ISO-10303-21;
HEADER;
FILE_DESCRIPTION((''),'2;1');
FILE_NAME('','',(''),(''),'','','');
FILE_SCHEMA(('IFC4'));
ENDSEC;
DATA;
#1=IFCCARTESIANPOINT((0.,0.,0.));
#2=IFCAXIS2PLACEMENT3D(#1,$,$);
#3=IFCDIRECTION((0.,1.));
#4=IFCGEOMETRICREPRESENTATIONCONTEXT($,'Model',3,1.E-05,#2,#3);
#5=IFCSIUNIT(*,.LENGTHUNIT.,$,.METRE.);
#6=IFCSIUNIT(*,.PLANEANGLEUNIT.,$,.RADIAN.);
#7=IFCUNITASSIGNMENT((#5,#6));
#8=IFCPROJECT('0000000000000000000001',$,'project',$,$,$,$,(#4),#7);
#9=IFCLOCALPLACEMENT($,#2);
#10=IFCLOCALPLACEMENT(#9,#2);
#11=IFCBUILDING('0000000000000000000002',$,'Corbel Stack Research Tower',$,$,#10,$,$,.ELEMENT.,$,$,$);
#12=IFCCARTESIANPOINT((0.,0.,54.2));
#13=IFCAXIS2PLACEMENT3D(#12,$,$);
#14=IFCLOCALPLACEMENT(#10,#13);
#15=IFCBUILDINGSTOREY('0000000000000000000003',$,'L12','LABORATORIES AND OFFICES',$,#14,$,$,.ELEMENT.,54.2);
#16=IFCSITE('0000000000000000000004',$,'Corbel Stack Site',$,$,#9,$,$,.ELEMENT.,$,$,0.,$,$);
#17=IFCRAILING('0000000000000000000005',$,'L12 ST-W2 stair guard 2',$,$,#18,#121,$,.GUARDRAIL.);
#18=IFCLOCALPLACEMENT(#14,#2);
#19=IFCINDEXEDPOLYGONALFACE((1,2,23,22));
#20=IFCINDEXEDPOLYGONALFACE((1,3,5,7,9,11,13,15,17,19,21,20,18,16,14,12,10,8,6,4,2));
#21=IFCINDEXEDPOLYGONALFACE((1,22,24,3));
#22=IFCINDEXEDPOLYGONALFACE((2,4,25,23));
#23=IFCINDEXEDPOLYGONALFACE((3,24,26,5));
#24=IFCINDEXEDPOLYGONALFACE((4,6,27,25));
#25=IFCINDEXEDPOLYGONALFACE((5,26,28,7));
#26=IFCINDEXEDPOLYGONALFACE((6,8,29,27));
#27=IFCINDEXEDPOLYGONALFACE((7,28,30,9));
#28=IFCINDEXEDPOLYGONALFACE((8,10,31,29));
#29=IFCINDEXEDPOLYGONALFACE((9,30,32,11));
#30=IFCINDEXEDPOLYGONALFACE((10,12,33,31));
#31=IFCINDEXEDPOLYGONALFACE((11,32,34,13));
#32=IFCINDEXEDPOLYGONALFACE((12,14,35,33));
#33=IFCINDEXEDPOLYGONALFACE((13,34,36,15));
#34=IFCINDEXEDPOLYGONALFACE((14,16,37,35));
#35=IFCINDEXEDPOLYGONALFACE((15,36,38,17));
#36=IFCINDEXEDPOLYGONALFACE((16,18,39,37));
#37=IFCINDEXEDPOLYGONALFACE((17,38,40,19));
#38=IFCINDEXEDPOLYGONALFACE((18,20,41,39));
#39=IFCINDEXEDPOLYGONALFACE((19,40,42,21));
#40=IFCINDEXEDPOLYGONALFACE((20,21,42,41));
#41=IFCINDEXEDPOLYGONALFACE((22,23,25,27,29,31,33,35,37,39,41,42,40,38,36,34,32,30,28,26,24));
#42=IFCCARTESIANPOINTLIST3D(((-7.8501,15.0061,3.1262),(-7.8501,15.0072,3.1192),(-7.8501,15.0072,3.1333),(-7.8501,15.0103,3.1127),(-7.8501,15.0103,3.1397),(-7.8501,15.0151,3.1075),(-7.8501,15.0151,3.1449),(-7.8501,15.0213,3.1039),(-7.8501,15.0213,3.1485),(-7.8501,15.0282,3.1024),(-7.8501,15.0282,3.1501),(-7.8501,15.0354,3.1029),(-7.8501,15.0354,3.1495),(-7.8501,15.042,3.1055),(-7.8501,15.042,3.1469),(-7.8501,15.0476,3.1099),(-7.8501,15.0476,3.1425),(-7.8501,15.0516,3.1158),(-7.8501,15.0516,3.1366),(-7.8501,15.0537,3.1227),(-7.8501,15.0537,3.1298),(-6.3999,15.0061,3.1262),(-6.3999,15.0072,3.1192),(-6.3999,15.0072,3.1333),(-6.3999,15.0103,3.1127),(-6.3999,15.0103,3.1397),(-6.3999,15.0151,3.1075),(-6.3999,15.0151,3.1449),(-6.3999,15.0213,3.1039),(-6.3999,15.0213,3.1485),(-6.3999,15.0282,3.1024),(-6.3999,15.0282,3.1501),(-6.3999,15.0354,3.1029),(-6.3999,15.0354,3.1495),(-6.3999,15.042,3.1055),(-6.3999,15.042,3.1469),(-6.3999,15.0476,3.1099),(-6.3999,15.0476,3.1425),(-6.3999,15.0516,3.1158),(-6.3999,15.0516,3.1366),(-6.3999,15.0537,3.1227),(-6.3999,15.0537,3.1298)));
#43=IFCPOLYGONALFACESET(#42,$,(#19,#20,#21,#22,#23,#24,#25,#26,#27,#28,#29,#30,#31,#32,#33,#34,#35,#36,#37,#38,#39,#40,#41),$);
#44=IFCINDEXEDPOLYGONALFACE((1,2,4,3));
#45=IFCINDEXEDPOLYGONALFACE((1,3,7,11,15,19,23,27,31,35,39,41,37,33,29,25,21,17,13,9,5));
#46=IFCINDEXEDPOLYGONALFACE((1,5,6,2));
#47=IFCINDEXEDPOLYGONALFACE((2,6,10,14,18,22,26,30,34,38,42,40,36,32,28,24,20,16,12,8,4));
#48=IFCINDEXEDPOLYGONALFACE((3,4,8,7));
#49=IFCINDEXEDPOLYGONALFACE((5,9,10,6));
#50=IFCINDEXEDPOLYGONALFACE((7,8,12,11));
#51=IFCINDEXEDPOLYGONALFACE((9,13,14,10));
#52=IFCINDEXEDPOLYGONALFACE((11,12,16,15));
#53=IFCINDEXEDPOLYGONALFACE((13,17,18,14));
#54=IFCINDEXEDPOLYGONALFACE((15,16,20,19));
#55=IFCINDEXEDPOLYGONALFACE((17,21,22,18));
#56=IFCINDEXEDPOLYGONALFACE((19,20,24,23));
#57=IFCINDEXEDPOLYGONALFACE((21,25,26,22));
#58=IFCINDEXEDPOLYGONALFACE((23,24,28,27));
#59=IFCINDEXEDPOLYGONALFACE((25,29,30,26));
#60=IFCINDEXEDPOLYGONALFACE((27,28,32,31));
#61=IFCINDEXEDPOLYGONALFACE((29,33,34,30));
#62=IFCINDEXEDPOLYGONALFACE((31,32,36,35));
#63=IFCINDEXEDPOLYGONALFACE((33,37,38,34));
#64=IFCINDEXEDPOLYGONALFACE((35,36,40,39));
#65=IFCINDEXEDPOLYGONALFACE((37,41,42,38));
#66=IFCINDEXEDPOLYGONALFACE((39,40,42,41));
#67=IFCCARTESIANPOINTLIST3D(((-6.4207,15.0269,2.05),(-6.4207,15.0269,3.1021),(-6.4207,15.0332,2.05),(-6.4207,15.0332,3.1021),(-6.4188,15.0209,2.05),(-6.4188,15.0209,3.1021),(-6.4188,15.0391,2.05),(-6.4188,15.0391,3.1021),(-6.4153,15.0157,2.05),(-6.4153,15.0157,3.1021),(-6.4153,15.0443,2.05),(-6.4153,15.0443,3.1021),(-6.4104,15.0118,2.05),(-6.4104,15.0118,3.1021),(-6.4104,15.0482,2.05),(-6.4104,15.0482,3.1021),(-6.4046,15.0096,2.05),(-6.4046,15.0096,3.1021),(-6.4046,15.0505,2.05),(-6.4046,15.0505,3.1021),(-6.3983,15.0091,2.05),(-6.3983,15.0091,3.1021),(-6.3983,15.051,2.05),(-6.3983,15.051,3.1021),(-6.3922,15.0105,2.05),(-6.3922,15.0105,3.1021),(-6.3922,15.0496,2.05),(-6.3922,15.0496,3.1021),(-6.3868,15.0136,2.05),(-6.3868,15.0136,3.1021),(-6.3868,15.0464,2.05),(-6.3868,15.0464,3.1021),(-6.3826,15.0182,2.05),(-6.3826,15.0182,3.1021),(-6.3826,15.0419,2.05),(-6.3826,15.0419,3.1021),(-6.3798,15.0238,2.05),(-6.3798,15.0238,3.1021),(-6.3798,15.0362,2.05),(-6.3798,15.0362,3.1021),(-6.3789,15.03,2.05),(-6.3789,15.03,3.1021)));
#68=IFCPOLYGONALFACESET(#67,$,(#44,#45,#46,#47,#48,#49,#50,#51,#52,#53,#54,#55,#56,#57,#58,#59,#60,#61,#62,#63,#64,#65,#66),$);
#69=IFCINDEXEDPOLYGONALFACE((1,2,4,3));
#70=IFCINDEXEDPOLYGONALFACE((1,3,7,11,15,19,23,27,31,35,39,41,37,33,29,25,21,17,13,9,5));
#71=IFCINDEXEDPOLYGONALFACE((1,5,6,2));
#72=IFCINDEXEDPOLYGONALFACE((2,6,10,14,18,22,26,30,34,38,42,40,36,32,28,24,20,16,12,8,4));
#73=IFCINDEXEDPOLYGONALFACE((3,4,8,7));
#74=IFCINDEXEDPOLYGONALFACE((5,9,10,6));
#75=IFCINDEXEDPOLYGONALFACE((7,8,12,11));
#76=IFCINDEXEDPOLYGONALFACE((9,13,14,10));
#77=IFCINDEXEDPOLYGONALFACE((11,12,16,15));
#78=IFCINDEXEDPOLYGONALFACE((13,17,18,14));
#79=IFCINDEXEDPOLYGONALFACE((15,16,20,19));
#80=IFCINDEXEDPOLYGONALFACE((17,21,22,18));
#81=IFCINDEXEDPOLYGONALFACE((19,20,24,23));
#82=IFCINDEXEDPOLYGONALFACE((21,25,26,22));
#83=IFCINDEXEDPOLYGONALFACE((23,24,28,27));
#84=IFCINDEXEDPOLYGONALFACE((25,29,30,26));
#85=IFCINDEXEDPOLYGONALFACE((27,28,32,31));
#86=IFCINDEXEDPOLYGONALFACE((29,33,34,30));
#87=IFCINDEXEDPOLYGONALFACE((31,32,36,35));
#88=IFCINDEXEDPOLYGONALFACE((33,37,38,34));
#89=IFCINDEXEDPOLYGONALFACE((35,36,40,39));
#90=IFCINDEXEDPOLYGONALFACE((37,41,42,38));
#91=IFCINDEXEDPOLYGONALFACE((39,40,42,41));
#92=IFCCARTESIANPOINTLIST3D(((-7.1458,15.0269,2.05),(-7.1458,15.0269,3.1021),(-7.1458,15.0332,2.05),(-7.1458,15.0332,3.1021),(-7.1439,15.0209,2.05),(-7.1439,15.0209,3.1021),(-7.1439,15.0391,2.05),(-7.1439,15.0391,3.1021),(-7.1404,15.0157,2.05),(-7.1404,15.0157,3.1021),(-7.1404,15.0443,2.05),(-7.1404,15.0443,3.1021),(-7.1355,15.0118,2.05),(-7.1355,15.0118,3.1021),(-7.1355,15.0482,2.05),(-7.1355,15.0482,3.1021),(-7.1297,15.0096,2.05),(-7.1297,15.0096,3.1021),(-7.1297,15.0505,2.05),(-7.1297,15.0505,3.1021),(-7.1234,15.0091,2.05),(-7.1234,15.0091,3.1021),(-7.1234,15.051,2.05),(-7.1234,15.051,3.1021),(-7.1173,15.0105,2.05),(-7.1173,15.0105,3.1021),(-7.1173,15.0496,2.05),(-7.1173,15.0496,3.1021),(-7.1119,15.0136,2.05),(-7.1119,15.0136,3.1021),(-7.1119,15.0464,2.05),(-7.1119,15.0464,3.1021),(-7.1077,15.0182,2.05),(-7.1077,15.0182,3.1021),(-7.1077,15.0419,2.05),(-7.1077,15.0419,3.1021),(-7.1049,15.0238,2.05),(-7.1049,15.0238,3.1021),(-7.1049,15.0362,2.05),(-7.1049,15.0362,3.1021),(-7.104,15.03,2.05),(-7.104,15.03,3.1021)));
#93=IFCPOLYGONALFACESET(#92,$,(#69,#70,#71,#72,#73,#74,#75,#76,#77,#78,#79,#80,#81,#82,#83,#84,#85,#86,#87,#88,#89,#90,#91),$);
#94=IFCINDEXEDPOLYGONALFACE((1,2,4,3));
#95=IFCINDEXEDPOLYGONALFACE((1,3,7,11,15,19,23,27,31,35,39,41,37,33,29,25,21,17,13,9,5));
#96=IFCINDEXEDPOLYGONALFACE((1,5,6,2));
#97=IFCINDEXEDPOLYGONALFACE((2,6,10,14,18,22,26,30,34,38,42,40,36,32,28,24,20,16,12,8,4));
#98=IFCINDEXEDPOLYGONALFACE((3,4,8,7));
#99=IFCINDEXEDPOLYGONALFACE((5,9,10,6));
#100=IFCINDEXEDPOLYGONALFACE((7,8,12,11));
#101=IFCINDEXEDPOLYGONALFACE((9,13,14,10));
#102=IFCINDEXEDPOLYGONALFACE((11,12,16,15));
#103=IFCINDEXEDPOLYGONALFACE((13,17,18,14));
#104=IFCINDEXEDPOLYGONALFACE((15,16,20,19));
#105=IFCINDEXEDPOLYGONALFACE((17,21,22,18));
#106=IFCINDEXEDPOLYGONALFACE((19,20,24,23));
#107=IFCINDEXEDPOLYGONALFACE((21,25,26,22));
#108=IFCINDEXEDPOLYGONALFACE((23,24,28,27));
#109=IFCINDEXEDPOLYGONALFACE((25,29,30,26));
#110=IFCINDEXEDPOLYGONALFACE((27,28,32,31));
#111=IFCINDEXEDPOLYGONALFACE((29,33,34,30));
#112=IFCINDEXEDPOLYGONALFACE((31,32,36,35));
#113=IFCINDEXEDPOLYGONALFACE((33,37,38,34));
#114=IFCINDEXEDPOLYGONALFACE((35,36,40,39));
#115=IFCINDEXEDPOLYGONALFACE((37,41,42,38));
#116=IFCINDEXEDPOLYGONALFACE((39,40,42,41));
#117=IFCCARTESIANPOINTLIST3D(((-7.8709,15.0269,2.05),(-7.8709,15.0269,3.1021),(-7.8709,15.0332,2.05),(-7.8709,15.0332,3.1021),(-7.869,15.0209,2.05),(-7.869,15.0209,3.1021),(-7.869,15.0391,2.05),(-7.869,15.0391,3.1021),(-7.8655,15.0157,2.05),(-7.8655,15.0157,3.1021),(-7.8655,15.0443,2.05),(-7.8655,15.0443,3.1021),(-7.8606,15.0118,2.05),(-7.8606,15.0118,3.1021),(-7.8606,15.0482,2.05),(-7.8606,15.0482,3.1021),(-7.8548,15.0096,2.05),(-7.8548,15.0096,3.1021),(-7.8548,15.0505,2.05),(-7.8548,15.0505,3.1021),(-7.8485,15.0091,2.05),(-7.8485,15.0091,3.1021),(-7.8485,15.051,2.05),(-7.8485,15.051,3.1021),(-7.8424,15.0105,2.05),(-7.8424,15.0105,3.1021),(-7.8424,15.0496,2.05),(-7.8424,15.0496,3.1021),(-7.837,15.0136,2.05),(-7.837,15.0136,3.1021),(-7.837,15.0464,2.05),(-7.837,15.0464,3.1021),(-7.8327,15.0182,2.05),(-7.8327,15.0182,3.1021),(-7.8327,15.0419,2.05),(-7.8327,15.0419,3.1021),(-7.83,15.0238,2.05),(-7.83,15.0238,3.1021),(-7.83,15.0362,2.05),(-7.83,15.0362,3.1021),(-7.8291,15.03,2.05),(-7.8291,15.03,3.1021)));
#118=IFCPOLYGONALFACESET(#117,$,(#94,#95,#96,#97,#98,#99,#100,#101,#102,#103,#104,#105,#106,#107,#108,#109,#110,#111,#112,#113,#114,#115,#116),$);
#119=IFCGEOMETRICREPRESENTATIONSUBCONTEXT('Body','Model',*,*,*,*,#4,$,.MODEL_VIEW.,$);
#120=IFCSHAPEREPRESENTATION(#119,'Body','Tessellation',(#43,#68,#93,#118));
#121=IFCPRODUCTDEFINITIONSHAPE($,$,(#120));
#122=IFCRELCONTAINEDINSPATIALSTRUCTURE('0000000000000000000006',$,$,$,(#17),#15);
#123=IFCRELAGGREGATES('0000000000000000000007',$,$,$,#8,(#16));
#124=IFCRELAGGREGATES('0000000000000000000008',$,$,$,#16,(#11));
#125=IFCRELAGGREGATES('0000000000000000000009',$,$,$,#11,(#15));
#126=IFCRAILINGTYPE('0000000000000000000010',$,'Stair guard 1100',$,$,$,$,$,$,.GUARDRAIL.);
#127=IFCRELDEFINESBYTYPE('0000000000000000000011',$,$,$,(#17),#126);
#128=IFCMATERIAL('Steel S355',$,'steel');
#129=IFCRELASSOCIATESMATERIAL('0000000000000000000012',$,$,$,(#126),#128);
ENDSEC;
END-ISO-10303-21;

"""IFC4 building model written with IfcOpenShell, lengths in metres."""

from ifc_helpers import new_model, si_unit, direction, frame, origin, origin_2d, place, context, subcontext, project, spatial, circle, extrude, material, type_object, element, save


model = new_model("IFC4")

# Units and contexts
model_context = context("Model", 3, precision=1e-05, world=origin(), true_north=direction((0.0, 1.0)))
body_context = subcontext(model_context, "Body", "Model", "MODEL_VIEW")
ifc_project = project(units=[si_unit("LENGTHUNIT", "METRE"), si_unit("PLANEANGLEUNIT", "RADIAN")], contexts=[model_context])

# Site, building, storey
site_placement = place(None, origin())
site = spatial("IfcSite", under=ifc_project, at=site_placement, Name="Corbel Stack Site", CompositionType="ELEMENT", RefElevation=0.0)
building_placement = place(site_placement, origin())
building = spatial("IfcBuilding", under=site, at=building_placement, Name="Corbel Stack Research Tower", CompositionType="ELEMENT")
storey_placement = place(building_placement, frame((0.0, 0.0, 54.2)))
storey = spatial("IfcBuildingStorey", under=building, at=storey_placement, Name="L12", Description="LABORATORIES AND OFFICES", CompositionType="ELEMENT", Elevation=54.2)

# Railing
ifc_material_1 = material(Name="Steel S355", Category="steel")
railing_type_1 = type_object("IfcRailingType", Name="Stair guard 1100", PredefinedType="GUARDRAIL", material=ifc_material_1)
railing_1_placement = place(storey_placement, frame((-6.3999, 15.03, 2.05)))
element("IfcRailing", 1, at=railing_1_placement, inside=storey, type_object=railing_type_1, Name="L12 ST-W2 stair guard 2", PredefinedType="GUARDRAIL", context=body_context, shape_type="SweptSolid", body=[
    extrude(circle(Radius=0.0239, at=origin_2d()), frame((0.0, 0.0, 1.0762), z_axis=(-1.0, 0.0, 0.0), x_axis=(0.0, -1.0, 0.0)), (0.0, 0.0, 1.0), 1.4502),
    extrude(circle(Radius=0.021, at=origin_2d()), origin(), (0.0, 0.0, 1.0), 1.052),
    extrude(circle(Radius=0.021, at=origin_2d()), frame((-0.7251, 0.0, 0.0)), (0.0, 0.0, 1.0), 1.052),
    extrude(circle(Radius=0.021, at=origin_2d()), frame((-1.4502, 0.0, 0.0)), (0.0, 0.0, 1.0), 1.052),
])

save(model, "model.ifc")
